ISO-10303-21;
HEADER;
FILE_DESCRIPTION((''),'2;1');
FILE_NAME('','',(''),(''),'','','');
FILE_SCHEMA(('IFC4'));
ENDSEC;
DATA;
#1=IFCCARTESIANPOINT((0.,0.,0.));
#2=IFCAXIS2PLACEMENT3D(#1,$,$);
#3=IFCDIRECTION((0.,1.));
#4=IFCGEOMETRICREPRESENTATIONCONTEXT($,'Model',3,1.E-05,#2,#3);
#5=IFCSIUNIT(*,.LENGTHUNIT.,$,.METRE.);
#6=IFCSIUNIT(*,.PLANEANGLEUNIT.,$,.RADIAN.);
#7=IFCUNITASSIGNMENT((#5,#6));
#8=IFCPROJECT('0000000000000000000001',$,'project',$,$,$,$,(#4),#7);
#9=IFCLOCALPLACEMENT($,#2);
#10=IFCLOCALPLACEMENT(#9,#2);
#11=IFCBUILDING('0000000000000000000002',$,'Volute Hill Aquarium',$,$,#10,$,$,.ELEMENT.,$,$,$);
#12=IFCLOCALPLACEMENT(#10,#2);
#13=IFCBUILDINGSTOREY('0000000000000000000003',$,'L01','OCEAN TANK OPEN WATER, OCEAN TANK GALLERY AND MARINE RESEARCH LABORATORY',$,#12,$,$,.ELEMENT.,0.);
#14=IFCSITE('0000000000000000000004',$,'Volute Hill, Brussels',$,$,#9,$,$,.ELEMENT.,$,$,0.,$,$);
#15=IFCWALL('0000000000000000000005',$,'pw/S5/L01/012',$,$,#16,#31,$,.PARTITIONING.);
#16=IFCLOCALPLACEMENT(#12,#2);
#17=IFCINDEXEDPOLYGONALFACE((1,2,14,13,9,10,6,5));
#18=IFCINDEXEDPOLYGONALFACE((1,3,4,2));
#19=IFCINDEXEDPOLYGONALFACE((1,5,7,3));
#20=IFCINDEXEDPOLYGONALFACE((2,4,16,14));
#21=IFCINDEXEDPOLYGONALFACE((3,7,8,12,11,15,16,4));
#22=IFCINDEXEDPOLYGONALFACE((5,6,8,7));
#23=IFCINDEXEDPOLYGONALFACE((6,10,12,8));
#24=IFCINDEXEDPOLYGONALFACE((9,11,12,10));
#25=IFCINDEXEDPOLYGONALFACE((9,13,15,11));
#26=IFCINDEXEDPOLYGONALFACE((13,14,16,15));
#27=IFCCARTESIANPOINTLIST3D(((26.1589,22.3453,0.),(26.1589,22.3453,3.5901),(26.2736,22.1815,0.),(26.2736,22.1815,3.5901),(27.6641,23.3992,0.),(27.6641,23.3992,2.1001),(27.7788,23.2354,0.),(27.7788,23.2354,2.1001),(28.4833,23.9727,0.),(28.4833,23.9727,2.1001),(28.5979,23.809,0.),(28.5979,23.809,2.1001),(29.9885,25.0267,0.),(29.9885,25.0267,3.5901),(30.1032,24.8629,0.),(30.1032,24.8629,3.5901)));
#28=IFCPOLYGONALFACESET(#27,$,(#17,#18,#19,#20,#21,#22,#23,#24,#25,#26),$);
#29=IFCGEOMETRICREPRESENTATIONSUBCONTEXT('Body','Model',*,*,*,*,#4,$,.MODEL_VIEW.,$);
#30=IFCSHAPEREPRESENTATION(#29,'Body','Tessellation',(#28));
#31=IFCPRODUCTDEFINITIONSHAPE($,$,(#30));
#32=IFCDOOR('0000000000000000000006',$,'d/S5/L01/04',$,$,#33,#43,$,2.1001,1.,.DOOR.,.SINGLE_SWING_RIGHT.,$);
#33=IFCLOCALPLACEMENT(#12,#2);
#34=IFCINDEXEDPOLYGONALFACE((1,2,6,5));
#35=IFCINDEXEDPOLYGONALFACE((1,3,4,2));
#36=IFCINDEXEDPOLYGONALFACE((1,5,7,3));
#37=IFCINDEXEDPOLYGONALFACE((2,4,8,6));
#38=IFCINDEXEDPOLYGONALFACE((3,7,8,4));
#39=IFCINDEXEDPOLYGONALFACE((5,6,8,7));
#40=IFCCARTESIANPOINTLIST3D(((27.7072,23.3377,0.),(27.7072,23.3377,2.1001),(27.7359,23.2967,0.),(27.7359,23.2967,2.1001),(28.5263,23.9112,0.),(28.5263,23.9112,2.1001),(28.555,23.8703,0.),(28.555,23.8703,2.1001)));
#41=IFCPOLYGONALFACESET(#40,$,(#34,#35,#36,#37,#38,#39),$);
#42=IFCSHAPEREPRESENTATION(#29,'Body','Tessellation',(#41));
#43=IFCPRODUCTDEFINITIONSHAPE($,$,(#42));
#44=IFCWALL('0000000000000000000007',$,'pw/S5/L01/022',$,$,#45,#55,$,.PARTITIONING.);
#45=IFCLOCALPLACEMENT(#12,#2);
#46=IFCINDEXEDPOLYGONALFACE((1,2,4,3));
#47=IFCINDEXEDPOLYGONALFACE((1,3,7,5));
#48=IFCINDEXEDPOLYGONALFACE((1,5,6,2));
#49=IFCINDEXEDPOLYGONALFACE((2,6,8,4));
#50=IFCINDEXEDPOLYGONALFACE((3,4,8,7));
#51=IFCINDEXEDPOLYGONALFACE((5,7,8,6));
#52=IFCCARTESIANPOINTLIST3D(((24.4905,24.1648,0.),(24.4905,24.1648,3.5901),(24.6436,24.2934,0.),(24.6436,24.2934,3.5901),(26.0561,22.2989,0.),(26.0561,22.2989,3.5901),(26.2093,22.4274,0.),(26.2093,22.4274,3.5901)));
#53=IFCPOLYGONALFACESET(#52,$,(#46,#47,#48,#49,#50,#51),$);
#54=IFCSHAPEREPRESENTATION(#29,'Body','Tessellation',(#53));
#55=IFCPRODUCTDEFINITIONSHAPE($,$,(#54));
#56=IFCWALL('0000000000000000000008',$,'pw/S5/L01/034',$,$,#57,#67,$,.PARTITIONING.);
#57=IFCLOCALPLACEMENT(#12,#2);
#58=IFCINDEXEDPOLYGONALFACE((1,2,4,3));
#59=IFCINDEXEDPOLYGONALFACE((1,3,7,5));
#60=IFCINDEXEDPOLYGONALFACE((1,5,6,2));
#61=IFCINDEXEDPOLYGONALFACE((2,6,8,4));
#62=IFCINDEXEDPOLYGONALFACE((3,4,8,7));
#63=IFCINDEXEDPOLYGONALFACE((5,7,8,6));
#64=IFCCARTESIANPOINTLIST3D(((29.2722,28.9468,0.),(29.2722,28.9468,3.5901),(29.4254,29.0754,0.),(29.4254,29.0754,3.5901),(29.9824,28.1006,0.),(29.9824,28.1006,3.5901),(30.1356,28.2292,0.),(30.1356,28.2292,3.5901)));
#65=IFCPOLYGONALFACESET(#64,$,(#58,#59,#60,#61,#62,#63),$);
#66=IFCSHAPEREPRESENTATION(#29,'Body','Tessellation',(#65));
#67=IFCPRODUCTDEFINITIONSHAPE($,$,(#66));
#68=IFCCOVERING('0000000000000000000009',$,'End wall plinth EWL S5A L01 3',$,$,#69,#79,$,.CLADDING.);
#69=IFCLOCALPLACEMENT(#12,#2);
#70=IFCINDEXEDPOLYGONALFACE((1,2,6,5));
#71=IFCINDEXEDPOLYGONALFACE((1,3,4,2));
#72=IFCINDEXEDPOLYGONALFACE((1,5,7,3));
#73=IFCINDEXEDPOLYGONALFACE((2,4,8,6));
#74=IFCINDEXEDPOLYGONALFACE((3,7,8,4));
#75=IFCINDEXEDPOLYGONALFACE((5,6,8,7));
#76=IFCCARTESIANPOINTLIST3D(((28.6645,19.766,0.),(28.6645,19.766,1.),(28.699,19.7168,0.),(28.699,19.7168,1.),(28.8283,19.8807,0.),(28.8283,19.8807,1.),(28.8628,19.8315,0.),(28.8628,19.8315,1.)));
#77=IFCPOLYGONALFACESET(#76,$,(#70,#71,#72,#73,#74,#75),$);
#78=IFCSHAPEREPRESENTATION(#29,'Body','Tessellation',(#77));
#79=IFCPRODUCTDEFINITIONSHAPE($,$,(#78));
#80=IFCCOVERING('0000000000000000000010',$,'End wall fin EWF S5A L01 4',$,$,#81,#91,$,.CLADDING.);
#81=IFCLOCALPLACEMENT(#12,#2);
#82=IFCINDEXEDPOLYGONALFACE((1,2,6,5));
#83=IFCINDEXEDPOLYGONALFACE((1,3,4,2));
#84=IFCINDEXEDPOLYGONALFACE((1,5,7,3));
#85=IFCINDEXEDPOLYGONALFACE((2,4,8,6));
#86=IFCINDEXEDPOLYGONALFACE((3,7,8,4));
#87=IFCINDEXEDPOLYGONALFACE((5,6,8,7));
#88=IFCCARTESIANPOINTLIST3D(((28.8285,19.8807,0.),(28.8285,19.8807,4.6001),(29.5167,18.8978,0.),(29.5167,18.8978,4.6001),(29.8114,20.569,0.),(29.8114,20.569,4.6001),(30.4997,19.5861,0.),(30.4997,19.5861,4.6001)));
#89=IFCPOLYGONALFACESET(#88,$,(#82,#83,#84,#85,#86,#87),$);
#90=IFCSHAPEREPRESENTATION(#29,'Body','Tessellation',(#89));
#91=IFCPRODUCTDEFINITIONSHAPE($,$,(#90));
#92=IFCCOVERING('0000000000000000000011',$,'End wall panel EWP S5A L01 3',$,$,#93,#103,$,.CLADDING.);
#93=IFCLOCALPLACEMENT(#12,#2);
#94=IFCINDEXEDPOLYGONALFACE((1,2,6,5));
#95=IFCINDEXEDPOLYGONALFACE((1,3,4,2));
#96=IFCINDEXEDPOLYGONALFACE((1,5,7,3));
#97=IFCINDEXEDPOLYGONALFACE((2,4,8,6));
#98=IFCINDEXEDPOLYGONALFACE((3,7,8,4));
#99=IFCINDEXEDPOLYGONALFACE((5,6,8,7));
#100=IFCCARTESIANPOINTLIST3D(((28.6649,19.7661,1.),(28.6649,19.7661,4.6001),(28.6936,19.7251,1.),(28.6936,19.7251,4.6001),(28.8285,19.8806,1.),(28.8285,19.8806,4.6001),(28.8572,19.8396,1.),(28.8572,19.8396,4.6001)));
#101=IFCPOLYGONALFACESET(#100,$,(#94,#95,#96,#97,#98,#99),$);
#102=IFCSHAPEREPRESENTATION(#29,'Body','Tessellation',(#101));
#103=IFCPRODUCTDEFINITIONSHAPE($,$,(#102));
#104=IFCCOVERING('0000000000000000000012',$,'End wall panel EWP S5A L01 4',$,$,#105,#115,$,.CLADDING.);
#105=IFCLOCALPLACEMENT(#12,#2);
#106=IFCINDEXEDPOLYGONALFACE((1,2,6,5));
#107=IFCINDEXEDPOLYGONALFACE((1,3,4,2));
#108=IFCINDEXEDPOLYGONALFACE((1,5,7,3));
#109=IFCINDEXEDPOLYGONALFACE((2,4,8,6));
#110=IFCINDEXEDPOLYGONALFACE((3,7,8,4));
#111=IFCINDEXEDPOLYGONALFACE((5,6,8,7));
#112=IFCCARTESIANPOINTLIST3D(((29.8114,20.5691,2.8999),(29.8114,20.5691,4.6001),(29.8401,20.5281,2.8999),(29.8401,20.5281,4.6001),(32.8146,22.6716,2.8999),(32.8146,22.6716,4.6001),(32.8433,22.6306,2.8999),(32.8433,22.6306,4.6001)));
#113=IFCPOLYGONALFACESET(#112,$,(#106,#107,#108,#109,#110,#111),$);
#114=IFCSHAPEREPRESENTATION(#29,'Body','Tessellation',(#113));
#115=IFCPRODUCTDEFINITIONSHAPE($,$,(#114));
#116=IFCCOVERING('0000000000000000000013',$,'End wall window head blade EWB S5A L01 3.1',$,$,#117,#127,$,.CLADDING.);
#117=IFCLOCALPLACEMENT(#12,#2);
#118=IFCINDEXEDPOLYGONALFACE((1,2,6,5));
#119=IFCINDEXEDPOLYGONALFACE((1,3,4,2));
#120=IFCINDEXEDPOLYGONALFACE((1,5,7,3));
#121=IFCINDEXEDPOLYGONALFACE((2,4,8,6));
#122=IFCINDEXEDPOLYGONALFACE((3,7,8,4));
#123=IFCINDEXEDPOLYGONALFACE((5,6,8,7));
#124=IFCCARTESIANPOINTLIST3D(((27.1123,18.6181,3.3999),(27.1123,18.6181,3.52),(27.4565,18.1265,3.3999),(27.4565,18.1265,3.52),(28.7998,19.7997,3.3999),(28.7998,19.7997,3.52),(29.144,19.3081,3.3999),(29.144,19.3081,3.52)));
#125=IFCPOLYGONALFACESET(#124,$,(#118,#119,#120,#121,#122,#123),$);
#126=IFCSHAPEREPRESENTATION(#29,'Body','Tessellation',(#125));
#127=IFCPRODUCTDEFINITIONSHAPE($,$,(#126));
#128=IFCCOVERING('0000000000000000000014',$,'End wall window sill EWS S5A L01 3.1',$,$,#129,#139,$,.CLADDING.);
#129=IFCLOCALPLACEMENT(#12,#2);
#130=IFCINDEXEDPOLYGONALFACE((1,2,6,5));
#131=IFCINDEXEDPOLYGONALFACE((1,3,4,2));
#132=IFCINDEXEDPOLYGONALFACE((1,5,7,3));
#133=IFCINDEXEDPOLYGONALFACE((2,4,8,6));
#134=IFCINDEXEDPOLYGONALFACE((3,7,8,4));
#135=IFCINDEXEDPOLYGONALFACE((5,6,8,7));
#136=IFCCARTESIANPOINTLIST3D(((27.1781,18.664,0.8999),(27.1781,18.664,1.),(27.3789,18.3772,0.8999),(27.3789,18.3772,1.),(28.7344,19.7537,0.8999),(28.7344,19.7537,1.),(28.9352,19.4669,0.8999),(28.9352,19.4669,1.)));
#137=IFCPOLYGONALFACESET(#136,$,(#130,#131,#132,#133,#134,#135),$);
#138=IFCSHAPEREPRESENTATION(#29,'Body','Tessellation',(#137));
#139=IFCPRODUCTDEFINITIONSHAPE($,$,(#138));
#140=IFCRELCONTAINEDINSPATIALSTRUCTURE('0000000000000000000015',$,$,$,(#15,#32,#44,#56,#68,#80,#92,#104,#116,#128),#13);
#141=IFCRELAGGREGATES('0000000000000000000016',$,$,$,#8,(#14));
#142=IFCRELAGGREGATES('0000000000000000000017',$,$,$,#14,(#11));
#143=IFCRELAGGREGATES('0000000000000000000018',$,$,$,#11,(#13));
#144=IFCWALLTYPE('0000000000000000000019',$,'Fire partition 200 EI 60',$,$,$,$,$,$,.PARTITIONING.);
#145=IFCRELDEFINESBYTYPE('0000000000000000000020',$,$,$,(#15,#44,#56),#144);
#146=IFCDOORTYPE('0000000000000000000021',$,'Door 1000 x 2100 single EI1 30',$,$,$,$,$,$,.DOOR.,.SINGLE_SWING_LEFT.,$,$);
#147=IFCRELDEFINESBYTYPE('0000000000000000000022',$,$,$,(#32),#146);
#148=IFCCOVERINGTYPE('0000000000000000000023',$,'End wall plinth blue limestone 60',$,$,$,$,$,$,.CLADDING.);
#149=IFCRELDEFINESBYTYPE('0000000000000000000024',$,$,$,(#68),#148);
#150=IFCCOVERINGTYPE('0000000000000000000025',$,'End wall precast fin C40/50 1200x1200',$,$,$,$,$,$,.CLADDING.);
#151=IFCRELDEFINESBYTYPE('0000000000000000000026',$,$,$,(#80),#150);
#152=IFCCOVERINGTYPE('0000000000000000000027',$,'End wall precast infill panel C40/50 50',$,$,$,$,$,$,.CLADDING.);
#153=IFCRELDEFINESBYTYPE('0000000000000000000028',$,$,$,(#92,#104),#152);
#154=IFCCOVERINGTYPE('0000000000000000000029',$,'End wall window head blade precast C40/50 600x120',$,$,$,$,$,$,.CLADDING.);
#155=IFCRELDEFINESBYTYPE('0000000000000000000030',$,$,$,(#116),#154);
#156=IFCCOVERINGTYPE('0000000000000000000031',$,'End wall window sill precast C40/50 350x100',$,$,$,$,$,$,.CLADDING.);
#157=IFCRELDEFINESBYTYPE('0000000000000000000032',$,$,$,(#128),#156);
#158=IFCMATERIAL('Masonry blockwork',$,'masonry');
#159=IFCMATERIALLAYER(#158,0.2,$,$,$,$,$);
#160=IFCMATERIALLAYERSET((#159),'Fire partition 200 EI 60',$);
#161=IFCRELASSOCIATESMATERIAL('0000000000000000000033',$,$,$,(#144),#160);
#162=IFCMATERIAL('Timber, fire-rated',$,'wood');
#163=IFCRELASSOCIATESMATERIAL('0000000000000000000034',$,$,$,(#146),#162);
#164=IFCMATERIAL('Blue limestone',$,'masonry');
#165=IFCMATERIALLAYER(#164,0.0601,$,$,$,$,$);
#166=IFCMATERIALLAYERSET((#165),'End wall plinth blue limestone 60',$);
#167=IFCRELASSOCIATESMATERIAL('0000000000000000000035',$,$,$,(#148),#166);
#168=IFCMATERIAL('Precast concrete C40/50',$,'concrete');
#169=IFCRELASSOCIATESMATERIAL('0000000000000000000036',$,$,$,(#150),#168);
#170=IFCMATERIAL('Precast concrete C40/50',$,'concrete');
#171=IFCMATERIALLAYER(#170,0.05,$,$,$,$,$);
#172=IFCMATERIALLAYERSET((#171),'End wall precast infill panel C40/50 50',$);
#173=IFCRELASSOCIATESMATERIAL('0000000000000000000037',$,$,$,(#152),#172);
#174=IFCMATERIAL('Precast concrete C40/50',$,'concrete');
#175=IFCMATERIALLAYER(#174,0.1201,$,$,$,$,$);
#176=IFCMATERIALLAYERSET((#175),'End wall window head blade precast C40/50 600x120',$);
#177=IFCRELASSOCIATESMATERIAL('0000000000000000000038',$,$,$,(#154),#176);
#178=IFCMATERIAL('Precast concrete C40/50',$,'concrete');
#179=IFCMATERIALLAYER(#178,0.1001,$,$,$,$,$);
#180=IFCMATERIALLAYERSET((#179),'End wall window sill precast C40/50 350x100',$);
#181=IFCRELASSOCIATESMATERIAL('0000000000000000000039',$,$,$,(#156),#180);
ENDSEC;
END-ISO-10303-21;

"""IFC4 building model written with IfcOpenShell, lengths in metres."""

from ifc_helpers import new_model, si_unit, direction, frame, frame_2d, origin, origin_2d, place, context, subcontext, project, spatial, polyline, rectangle, outline, extrude, material, layer, layer_set, type_object, element, fill, save


model = new_model("IFC4")

# Units and contexts
model_context = context("Model", 3, precision=1e-05, world=origin(), true_north=direction((0.0, 1.0)))
body_context = subcontext(model_context, "Body", "Model", "MODEL_VIEW")
ifc_project = project(units=[si_unit("LENGTHUNIT", "METRE"), si_unit("PLANEANGLEUNIT", "RADIAN")], contexts=[model_context])

# Site, building, storey
site_placement = place(None, origin())
site = spatial("IfcSite", under=ifc_project, at=site_placement, Name="Volute Hill, Brussels", CompositionType="ELEMENT", RefElevation=0.0)
building_placement = place(site_placement, origin())
building = spatial("IfcBuilding", under=site, at=building_placement, Name="Volute Hill Aquarium", CompositionType="ELEMENT")
storey_placement = place(building_placement, origin())
storey = spatial("IfcBuildingStorey", under=building, at=storey_placement, Name="L01", Description="OCEAN TANK OPEN WATER, OCEAN TANK GALLERY AND MARINE RESEARCH LABORATORY", CompositionType="ELEMENT", Elevation=0.0)

# Wall, opening, door
ifc_material_1 = material(Name="Masonry blockwork", Category="masonry")
ifc_layer_1 = layer(ifc_material_1, 0.2)
ifc_layer_set_1 = layer_set([ifc_layer_1], Name="Fire partition 200 EI 60")
wall_type_1 = type_object("IfcWallType", Name="Fire partition 200 EI 60", PredefinedType="PARTITIONING", material=ifc_layer_set_1)
wall_1_placement = place(storey_placement, frame((26.2163, 22.2634, 0.0), z_axis=(0.0, 0.0, 1.0), x_axis=(0.819163, 0.57356, 0.0)))
wall_1 = element("IfcWall", 1, at=wall_1_placement, inside=storey, type_object=wall_type_1, Name="pw/S5/L01/012", PredefinedType="PARTITIONING", context=body_context, shape_type="SweptSolid", body=[
    extrude(rectangle(XDim=4.675, YDim=0.2, at=frame_2d((2.3374, 0.0))), origin(), (0.0, 0.0, 1.0), 3.5901),
])
opening_placement = place(wall_1_placement, frame((1.8374, 0.0, 0.0)))
opening = element("IfcOpeningElement", 2, at=opening_placement, cuts=wall_1, PredefinedType="OPENING", context=body_context, shape_type="SweptSolid", body=[
    extrude(rectangle(XDim=1.0, YDim=2.1001, at=frame_2d((0.5, 1.05))), frame((0.0, 0.1099, 0.0), z_axis=(0.0, -1.0, 0.0), x_axis=(1.0, 0.0, 0.0)), (0.0, 0.0, 1.0), 0.22),
])
ifc_material_2 = material(Name="Timber, fire-rated", Category="wood")
door_type = type_object("IfcDoorType", Name="Door 1000 x 2100 single EI1 30", OperationType="SINGLE_SWING_LEFT", PredefinedType="DOOR", material=ifc_material_2)
door_placement = place(opening_placement, origin())
door = element("IfcDoor", 3, at=door_placement, inside=storey, type_object=door_type, Name="d/S5/L01/04", OperationType="SINGLE_SWING_RIGHT", OverallHeight=2.1001, OverallWidth=1.0, PredefinedType="DOOR", context=body_context, shape_type="SweptSolid", body=[
    extrude(rectangle(XDim=1.0, YDim=2.1001, at=frame_2d((0.5, 1.05))), frame((0.0, 0.0249, 0.0), z_axis=(0.0, -1.0, 0.0), x_axis=(1.0, 0.0, 0.0)), (0.0, 0.0, 1.0), 0.05),
])
fill(opening, door)

# Walls
wall_2_placement = place(storey_placement, frame((24.5671, 24.229, 0.0), z_axis=(0.0, 0.0, 1.0), x_axis=(0.642774, -0.766056, 0.0)))
element("IfcWall", 4, at=wall_2_placement, inside=storey, type_object=wall_type_1, Name="pw/S5/L01/022", PredefinedType="PARTITIONING", context=body_context, shape_type="SweptSolid", body=[
    extrude(rectangle(XDim=2.4358, YDim=0.2, at=frame_2d((1.2178, 0.0))), origin(), (0.0, 0.0, 1.0), 3.5901),
])
wall_3_placement = place(storey_placement, frame((29.3489, 29.011, 0.0), z_axis=(0.0, 0.0, 1.0), x_axis=(0.642876, -0.76597, 0.0)))
element("IfcWall", 5, at=wall_3_placement, inside=storey, type_object=wall_type_1, Name="pw/S5/L01/034", PredefinedType="PARTITIONING", context=body_context, shape_type="SweptSolid", body=[
    extrude(rectangle(XDim=1.1047, YDim=0.2, at=frame_2d((0.5522, 0.0))), origin(), (0.0, 0.0, 1.0), 3.5901),
])

# Coverings
ifc_material_3 = material(Name="Blue limestone", Category="masonry")
ifc_layer_2 = layer(ifc_material_3, 0.0601)
ifc_layer_set_2 = layer_set([ifc_layer_2], Name="End wall plinth blue limestone 60")
covering_type_1 = type_object("IfcCoveringType", Name="End wall plinth blue limestone 60", PredefinedType="CLADDING", material=ifc_layer_set_2)
covering_1_placement = place(storey_placement, frame((28.699, 19.7168, 0.0), z_axis=(0.573708, -0.81906, 0.0), x_axis=(0.81906, 0.573708, 0.0)))
element("IfcCovering", 6, at=covering_1_placement, inside=storey, type_object=covering_type_1, Name="End wall plinth EWL S5A L01 3", PredefinedType="CLADDING", context=body_context, shape_type="SweptSolid", body=[
    extrude(outline(polyline([(0.0, 0.0), (0.2, 0.0), (0.2, 1.0), (0.0, 1.0), (0.0, 0.0)])), origin(), (0.0, 0.0, -1.0), 0.0601),
])
ifc_material_4 = material(Name="Precast concrete C40/50", Category="concrete")
covering_type_2 = type_object("IfcCoveringType", Name="End wall precast fin C40/50 1200x1200", PredefinedType="CLADDING", material=ifc_material_4)
covering_2_placement = place(storey_placement, frame((29.6641, 19.7334, 0.0), z_axis=(0.0, 0.0, 1.0), x_axis=(0.819152, 0.573576, 0.0)))
element("IfcCovering", 7, at=covering_2_placement, inside=storey, type_object=covering_type_2, Name="End wall fin EWF S5A L01 4", PredefinedType="CLADDING", context=body_context, shape_type="SweptSolid", body=[
    extrude(rectangle(XDim=1.2, YDim=1.2, at=origin_2d()), origin(), (0.0, 0.0, 1.0), 4.6001),
])
ifc_material_5 = material(Name="Precast concrete C40/50", Category="concrete")
ifc_layer_3 = layer(ifc_material_5, 0.05)
ifc_layer_set_3 = layer_set([ifc_layer_3], Name="End wall precast infill panel C40/50 50")
covering_type_3 = type_object("IfcCoveringType", Name="End wall precast infill panel C40/50 50", PredefinedType="CLADDING", material=ifc_layer_set_3)
covering_3_placement = place(storey_placement, frame((28.6936, 19.7251, 1.0), z_axis=(0.573462, -0.819232, 0.0), x_axis=(0.819232, 0.573462, 0.0)))
element("IfcCovering", 8, at=covering_3_placement, inside=storey, type_object=covering_type_3, Name="End wall panel EWP S5A L01 3", PredefinedType="CLADDING", context=body_context, shape_type="SweptSolid", body=[
    extrude(outline(polyline([(0.0, 0.0), (0.1997, 0.0), (0.1997, 3.6001), (0.0, 3.6001), (0.0, 0.0)])), origin(), (0.0, 0.0, -1.0), 0.05),
])
covering_4_placement = place(storey_placement, frame((29.8401, 20.5281, 2.8999), z_axis=(0.57352, -0.819191, 0.0), x_axis=(0.819191, 0.57352, 0.0)))
element("IfcCovering", 9, at=covering_4_placement, inside=storey, type_object=covering_type_3, Name="End wall panel EWP S5A L01 4", PredefinedType="CLADDING", context=body_context, shape_type="SweptSolid", body=[
    extrude(outline(polyline([(0.0, 0.0), (3.666, 0.0), (3.666, 1.7002), (0.0, 1.7002), (0.0, 0.0)])), origin(), (0.0, 0.0, -1.0), 0.05),
])
ifc_material_6 = material(Name="Precast concrete C40/50", Category="concrete")
ifc_layer_4 = layer(ifc_material_6, 0.1201)
ifc_layer_set_4 = layer_set([ifc_layer_4], Name="End wall window head blade precast C40/50 600x120")
covering_type_4 = type_object("IfcCoveringType", Name="End wall window head blade precast C40/50 600x120", PredefinedType="CLADDING", material=ifc_layer_set_4)
covering_5_placement = place(storey_placement, frame((28.1282, 18.9631, 3.3999), z_axis=(0.0, 0.0, 1.0), x_axis=(0.819152, 0.573576, 0.0)))
element("IfcCovering", 10, at=covering_5_placement, inside=storey, type_object=covering_type_4, Name="End wall window head blade EWB S5A L01 3.1", PredefinedType="CLADDING", context=body_context, shape_type="SweptSolid", body=[
    extrude(rectangle(XDim=2.0601, YDim=0.6001, at=origin_2d()), origin(), (0.0, 0.0, 1.0), 0.1201),
])
ifc_material_7 = material(Name="Precast concrete C40/50", Category="concrete")
ifc_layer_5 = layer(ifc_material_7, 0.1001)
ifc_layer_set_5 = layer_set([ifc_layer_5], Name="End wall window sill precast C40/50 350x100")
covering_type_5 = type_object("IfcCoveringType", Name="End wall window sill precast C40/50 350x100", PredefinedType="CLADDING", material=ifc_layer_set_5)
covering_6_placement = place(storey_placement, frame((28.0566, 19.0654, 0.8999), z_axis=(0.0, 0.0, 1.0), x_axis=(0.819152, 0.573576, 0.0)))
element("IfcCovering", 11, at=covering_6_placement, inside=storey, type_object=covering_type_5, Name="End wall window sill EWS S5A L01 3.1", PredefinedType="CLADDING", context=body_context, shape_type="SweptSolid", body=[
    extrude(rectangle(XDim=1.8999, YDim=0.3501, at=origin_2d()), origin(), (0.0, 0.0, 1.0), 0.1001),
])

save(model, "model.ifc")
